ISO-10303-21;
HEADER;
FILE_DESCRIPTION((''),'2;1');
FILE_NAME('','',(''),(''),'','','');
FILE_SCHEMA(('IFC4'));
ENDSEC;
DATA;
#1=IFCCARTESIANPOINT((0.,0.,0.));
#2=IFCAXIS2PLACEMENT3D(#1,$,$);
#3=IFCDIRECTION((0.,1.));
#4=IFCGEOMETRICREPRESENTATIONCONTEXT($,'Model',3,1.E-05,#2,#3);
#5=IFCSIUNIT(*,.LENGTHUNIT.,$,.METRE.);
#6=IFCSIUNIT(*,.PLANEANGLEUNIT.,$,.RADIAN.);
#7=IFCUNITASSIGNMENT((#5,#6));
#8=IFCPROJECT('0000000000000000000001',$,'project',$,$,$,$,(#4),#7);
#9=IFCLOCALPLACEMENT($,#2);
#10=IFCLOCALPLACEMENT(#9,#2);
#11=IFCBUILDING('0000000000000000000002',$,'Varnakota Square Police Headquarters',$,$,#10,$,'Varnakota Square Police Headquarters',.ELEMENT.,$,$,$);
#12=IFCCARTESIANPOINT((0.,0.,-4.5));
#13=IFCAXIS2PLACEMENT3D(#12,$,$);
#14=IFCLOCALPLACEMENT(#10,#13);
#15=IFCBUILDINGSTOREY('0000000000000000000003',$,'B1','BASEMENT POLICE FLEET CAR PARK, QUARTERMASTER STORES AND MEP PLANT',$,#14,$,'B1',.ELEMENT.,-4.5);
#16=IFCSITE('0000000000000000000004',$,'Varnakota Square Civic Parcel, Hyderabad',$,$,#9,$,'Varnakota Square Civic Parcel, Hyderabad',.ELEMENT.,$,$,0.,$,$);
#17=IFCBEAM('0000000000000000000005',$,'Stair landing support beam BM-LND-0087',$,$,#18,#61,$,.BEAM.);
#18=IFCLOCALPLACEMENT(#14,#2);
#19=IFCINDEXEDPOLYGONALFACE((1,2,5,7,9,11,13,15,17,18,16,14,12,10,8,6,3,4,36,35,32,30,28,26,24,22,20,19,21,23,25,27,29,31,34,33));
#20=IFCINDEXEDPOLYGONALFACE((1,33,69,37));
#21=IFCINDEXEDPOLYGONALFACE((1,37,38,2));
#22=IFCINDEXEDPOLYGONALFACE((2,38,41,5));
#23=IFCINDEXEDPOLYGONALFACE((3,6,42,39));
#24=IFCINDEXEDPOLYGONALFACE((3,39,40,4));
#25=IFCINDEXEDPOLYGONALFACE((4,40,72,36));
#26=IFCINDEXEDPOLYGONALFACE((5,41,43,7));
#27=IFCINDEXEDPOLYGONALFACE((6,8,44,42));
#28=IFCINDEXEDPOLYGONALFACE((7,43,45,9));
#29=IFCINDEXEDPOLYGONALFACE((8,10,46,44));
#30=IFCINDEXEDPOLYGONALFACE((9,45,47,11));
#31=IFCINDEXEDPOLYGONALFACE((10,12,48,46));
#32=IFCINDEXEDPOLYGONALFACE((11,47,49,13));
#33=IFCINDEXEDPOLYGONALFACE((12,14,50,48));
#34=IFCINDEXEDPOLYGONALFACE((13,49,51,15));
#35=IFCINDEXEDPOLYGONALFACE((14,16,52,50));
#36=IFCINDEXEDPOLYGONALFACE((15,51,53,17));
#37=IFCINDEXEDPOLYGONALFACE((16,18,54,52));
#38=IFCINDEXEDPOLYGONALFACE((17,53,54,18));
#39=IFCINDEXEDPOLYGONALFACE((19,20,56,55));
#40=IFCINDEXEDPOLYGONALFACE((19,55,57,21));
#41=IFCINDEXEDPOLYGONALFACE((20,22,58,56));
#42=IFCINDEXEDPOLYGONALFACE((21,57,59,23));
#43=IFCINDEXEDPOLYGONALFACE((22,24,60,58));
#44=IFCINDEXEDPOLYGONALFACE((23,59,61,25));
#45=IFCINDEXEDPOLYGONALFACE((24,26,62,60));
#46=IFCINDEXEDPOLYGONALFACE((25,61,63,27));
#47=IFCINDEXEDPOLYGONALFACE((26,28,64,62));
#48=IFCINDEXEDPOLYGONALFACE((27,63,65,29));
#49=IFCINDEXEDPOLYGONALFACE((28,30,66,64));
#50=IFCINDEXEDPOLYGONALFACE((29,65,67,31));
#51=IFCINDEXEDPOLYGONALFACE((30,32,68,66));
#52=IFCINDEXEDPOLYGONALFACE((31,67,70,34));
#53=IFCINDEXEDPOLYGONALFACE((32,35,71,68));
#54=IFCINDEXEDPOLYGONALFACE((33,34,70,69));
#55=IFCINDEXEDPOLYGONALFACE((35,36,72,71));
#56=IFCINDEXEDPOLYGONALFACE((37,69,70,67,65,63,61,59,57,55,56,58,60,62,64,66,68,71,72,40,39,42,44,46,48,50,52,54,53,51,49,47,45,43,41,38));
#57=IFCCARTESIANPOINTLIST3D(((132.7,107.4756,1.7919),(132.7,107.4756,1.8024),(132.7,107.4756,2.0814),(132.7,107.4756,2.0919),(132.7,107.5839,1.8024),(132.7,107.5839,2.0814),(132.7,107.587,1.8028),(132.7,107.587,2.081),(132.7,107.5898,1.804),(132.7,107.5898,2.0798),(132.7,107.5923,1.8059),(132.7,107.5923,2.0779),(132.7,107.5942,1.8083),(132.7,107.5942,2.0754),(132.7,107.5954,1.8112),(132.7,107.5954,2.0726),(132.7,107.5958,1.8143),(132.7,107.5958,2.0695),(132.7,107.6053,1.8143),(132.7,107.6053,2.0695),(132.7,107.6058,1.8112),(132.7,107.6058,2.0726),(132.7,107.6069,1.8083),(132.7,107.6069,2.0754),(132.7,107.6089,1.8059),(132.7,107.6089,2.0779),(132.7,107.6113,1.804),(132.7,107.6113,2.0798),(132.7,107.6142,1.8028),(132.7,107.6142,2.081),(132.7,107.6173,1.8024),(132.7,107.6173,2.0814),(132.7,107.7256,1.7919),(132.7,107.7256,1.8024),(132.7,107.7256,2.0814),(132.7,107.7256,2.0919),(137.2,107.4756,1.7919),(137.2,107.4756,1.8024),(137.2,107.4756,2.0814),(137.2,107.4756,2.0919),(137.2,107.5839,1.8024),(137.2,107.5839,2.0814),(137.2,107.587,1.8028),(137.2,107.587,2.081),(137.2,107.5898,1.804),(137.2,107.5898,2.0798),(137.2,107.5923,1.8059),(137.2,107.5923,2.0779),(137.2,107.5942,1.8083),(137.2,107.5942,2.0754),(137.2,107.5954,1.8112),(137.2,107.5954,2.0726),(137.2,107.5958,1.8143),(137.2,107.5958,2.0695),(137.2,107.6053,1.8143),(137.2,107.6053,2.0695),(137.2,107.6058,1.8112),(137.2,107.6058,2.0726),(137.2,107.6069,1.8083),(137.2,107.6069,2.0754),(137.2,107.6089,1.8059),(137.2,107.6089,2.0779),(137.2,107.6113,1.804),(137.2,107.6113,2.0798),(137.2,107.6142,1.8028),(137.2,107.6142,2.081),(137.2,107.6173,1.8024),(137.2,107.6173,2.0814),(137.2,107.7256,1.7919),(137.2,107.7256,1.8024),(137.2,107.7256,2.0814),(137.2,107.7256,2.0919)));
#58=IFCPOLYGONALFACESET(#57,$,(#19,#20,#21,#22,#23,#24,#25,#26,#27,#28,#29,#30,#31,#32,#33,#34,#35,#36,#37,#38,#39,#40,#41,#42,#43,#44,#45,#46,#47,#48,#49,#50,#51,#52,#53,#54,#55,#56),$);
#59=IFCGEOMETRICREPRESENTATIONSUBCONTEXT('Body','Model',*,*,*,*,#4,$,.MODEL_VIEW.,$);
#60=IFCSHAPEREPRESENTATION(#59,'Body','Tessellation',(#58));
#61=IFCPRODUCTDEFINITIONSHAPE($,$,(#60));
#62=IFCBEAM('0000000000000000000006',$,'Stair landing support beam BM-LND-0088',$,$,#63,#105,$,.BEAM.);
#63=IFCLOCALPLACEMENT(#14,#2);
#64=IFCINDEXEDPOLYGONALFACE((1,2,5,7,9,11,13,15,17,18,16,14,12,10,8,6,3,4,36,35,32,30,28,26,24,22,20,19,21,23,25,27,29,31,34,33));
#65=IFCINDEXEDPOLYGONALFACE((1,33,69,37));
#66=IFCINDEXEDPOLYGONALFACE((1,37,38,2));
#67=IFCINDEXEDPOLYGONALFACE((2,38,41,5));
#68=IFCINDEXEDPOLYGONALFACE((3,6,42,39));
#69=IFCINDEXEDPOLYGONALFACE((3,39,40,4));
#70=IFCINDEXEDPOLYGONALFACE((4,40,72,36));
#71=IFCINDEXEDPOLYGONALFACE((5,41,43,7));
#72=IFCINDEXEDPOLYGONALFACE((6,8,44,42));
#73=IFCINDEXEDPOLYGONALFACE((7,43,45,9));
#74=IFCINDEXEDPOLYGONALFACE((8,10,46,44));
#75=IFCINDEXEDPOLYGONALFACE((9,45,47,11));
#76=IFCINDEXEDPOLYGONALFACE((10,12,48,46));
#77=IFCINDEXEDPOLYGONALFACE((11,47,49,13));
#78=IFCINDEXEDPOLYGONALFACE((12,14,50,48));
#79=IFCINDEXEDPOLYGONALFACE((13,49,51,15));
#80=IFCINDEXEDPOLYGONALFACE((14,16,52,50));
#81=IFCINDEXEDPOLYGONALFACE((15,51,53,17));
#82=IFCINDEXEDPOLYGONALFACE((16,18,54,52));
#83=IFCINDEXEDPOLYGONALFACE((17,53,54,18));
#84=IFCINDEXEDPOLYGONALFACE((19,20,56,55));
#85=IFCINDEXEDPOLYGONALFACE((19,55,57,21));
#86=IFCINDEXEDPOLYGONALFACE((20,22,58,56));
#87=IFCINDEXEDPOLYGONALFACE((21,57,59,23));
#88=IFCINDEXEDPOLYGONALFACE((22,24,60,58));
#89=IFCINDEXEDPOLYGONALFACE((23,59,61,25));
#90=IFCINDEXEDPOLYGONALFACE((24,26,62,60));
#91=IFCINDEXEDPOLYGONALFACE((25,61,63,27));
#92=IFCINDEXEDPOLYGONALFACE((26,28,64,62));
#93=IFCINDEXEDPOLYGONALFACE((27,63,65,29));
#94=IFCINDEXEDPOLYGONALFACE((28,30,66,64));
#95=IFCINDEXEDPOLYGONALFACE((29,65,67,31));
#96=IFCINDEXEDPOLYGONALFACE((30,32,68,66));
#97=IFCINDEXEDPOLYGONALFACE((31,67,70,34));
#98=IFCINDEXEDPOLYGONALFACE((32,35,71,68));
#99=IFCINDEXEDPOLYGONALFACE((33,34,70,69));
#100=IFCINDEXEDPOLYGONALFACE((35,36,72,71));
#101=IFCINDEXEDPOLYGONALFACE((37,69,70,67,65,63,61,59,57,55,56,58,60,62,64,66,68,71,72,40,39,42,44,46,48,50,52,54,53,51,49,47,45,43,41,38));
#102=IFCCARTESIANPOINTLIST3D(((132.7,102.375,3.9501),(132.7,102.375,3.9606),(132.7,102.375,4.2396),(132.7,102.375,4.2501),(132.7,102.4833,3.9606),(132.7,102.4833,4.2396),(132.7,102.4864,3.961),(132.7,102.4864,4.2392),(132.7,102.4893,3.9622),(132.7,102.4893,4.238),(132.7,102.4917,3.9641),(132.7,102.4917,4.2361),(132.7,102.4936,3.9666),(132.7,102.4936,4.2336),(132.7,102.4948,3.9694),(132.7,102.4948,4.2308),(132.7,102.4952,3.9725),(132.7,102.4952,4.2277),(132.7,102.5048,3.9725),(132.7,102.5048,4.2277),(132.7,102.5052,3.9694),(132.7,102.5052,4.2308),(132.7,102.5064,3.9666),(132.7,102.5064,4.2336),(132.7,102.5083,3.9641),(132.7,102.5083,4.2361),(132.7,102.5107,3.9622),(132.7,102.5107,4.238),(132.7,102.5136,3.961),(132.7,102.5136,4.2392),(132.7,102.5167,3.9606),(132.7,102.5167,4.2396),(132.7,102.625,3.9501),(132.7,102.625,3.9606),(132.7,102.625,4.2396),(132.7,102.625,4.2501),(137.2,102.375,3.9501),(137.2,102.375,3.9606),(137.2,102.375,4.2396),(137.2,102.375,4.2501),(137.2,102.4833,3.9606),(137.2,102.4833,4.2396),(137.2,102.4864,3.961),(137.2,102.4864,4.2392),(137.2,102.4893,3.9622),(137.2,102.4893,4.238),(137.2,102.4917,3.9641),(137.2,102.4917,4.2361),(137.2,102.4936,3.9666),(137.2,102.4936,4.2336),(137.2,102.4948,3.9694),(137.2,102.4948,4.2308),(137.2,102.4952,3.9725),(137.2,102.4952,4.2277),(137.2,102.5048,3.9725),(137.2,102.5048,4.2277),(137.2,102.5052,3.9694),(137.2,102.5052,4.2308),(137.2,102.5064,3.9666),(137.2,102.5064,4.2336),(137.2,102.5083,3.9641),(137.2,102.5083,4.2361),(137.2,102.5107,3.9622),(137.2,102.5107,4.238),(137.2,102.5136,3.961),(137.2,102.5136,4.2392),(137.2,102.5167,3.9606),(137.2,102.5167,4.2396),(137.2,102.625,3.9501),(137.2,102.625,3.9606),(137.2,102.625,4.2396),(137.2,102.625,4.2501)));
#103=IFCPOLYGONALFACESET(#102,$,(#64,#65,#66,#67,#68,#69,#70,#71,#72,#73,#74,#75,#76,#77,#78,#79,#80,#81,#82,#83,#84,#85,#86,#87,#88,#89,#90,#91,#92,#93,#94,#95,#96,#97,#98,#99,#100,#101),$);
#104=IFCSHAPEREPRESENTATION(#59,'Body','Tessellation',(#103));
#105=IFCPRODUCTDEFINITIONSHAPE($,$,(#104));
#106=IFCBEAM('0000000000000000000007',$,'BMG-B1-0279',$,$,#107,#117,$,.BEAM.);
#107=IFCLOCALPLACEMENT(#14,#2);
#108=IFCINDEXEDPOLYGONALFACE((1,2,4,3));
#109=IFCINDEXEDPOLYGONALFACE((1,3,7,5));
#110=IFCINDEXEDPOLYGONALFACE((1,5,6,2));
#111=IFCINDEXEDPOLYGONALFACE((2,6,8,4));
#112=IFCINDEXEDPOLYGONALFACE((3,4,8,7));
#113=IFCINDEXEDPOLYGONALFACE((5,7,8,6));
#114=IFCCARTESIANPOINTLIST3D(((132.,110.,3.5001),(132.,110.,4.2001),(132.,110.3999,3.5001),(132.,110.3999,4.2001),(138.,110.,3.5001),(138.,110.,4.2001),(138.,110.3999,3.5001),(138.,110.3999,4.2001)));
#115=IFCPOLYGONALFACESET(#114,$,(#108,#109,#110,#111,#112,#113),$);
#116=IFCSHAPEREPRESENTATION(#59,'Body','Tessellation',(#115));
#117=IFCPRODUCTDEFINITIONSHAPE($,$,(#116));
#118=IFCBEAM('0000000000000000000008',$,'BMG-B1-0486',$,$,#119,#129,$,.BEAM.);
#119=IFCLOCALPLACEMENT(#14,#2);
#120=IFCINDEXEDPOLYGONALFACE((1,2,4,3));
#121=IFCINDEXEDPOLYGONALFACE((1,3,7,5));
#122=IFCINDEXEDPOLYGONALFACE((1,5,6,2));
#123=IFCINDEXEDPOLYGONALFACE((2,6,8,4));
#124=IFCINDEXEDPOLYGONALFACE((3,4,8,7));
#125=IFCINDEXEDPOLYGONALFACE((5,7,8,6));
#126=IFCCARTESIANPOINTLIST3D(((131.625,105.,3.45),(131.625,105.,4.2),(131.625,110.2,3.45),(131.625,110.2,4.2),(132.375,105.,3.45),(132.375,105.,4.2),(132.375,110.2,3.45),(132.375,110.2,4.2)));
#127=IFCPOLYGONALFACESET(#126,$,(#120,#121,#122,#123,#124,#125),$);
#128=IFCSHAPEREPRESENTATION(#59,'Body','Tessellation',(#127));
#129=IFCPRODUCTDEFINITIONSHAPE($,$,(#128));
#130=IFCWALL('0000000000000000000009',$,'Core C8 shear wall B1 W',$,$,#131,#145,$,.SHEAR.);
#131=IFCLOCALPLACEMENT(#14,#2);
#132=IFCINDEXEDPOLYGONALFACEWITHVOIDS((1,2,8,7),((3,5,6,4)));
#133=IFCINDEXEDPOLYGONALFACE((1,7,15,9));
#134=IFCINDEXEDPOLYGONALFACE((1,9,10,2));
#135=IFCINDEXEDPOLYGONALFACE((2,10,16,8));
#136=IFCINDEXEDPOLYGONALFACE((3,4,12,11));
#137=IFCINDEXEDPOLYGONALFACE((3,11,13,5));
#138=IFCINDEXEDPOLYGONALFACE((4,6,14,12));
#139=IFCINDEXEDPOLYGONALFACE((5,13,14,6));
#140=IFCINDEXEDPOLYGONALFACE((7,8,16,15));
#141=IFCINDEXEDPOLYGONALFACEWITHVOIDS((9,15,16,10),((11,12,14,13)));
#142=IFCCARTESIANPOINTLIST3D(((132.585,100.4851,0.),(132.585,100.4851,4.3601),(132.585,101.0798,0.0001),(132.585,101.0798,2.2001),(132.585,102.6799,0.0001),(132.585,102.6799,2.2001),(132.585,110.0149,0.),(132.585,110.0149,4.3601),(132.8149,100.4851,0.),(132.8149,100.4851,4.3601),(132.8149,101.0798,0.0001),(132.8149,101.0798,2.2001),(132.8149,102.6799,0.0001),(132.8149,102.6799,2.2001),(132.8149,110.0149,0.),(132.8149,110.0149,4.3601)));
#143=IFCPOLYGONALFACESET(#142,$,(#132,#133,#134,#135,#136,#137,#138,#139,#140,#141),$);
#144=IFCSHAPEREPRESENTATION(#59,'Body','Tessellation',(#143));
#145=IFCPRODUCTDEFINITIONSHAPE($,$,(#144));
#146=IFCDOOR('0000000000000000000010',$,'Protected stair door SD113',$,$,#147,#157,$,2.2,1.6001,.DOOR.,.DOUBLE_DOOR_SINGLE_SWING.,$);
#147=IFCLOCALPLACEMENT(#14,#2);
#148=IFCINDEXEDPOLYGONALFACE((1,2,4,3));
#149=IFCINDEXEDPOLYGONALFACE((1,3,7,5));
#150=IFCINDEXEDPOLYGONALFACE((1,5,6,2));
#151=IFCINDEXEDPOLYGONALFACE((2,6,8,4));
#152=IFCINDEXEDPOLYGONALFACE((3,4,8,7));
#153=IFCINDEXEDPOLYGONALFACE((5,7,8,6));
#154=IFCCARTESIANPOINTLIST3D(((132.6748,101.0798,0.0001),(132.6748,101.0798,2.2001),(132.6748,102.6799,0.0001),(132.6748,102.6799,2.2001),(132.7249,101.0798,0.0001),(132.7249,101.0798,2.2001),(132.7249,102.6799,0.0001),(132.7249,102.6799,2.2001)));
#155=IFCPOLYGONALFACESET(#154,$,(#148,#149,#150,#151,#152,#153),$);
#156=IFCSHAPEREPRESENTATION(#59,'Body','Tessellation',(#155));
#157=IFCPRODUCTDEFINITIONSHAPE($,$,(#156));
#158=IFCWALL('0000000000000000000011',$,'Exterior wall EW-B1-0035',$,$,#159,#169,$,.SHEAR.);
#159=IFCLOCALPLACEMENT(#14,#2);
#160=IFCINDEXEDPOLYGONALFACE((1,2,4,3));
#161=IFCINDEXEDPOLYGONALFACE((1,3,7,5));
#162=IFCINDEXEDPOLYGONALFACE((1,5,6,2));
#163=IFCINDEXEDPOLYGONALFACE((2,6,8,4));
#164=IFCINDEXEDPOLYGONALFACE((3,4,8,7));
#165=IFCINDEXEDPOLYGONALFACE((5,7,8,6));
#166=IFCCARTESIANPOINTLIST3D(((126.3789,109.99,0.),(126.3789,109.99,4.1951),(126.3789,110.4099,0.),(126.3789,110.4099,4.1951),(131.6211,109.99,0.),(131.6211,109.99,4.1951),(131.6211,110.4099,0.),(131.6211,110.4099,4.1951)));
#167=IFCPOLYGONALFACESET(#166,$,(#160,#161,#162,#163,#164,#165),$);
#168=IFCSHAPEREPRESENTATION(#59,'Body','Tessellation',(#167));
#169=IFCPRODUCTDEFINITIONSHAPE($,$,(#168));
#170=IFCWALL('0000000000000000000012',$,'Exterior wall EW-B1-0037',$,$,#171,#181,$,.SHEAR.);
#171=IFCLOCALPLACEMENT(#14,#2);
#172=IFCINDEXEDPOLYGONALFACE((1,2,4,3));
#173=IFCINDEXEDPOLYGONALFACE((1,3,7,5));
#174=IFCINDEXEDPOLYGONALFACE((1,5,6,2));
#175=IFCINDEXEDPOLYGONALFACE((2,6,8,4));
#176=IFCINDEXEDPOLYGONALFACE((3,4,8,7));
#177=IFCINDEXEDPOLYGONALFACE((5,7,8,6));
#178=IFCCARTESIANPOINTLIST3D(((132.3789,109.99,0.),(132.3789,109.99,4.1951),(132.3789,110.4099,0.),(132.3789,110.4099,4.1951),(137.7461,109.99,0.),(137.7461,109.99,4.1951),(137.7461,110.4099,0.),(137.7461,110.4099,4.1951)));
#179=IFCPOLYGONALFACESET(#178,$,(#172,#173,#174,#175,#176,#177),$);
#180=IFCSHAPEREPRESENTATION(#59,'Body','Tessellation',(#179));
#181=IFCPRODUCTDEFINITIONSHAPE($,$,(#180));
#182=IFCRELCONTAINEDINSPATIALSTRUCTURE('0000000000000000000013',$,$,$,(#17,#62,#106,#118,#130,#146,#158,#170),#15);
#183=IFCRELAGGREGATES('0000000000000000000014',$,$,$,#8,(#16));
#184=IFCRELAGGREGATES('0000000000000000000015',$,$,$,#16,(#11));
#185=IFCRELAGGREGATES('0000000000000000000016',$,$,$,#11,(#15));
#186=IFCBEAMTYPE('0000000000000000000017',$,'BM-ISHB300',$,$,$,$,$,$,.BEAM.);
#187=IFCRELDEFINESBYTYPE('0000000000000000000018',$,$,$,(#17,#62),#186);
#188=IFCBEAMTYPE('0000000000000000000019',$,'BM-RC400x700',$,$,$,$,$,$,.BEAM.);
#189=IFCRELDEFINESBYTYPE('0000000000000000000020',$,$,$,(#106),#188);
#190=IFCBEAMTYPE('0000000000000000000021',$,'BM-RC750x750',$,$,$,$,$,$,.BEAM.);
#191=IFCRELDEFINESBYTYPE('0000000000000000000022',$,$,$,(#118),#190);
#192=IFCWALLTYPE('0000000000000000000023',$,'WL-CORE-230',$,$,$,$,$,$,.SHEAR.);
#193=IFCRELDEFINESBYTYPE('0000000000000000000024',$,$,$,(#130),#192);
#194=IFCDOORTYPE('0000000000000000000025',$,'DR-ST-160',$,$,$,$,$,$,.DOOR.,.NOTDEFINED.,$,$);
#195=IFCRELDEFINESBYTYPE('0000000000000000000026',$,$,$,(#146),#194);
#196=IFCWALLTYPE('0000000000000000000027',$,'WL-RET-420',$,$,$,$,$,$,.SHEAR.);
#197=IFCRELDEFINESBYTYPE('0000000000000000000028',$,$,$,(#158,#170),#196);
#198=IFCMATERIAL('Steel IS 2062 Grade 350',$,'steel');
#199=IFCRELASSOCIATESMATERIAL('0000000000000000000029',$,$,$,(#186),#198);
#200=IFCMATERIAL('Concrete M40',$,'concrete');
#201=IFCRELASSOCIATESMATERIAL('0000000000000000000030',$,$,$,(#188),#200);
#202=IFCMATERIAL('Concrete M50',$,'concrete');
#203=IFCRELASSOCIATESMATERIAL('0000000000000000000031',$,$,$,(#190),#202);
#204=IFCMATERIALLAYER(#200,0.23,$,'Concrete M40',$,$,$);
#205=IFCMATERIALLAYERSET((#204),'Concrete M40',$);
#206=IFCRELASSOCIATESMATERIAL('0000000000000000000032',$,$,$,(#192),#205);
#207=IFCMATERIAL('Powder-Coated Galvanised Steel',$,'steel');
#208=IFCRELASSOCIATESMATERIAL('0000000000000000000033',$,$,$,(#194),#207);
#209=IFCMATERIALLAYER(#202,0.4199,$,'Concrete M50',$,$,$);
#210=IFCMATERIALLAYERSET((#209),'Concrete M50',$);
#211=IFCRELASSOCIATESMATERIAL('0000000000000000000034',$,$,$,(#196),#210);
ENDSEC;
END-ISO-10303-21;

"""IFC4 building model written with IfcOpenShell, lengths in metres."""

from ifc_helpers import new_model, si_unit, direction, frame, frame_2d, origin, origin_2d, place, context, subcontext, project, spatial, rectangle, i_section, extrude, material, layer, layer_set, material_profile, profile_set, type_object, element, fill, save


model = new_model("IFC4")

# Units and contexts
model_context = context("Model", 3, precision=1e-05, world=origin(), true_north=direction((0.0, 1.0)))
body_context = subcontext(model_context, "Body", "Model", "MODEL_VIEW")
ifc_project = project(units=[si_unit("LENGTHUNIT", "METRE"), si_unit("PLANEANGLEUNIT", "RADIAN")], contexts=[model_context])

# Site, building, storey
site_placement = place(None, origin())
site = spatial("IfcSite", under=ifc_project, at=site_placement, Name="Varnakota Square Civic Parcel, Hyderabad", LongName="Varnakota Square Civic Parcel, Hyderabad", CompositionType="ELEMENT", RefElevation=0.0)
building_placement = place(site_placement, origin())
building = spatial("IfcBuilding", under=site, at=building_placement, Name="Varnakota Square Police Headquarters", LongName="Varnakota Square Police Headquarters", CompositionType="ELEMENT")
storey_placement = place(building_placement, frame((0.0, 0.0, -4.5)))
storey = spatial("IfcBuildingStorey", under=building, at=storey_placement, Name="B1", Description="BASEMENT POLICE FLEET CAR PARK, QUARTERMASTER STORES AND MEP PLANT", LongName="B1", CompositionType="ELEMENT", Elevation=-4.5)

# Shared definitions
ifc_material_1 = material(Name="Concrete M40", Category="concrete")

# Shared definitions
ifc_material_2 = material(Name="Concrete M50", Category="concrete")

# Beams
ifc_material_3 = material(Name="Steel IS 2062 Grade 350", Category="steel")
ifc_material_profile_1 = material_profile(ifc_material_3, i_section(OverallWidth=0.25, OverallDepth=0.3, WebThickness=0.0095, FlangeThickness=0.0105, FilletRadius=0.012, at=origin_2d()), Name="ISHB 300")
ifc_profile_set_1 = profile_set([ifc_material_profile_1], Name="Steel IS 2062 Grade 350")
beam_type_1 = type_object("IfcBeamType", Name="BM-ISHB300", PredefinedType="BEAM", material=ifc_profile_set_1)
for number, where, z_axis, x_axis, name in (
    (1, (132.7, 107.6006, 1.9419), (1.0, 0.0, 0.0), (0.0, 1.0, 0.0), "Stair landing support beam BM-LND-0087"),
    (2, (132.7, 102.5, 4.1001), (1.0, 0.0, 0.0), (0.0, 1.0, 0.0), "Stair landing support beam BM-LND-0088"),
):
    element("IfcBeam", number, at=place(storey_placement, frame(where, z_axis=z_axis, x_axis=x_axis)), inside=storey, type_object=beam_type_1, Name=name, PredefinedType="BEAM", context=body_context, shape_type="SweptSolid", body=[
        extrude(i_section(OverallWidth=0.25, OverallDepth=0.3, WebThickness=0.0095, FlangeThickness=0.0105, FilletRadius=0.012, at=origin_2d()), origin(), (0.0, 0.0, 1.0), 4.5),
    ])
ifc_material_profile_2 = material_profile(ifc_material_1, rectangle(XDim=0.3999, YDim=0.7, at=origin_2d()), Name="RC 400x700")
ifc_profile_set_2 = profile_set([ifc_material_profile_2], Name="Concrete M40")
beam_type_2 = type_object("IfcBeamType", Name="BM-RC400x700", PredefinedType="BEAM", material=ifc_profile_set_2)
beam_1_placement = place(storey_placement, frame((132.0, 110.2, 3.8501), z_axis=(1.0, 0.0, 0.0), x_axis=(0.0, 1.0, 0.0)))
element("IfcBeam", 3, at=beam_1_placement, inside=storey, type_object=beam_type_2, Name="BMG-B1-0279", PredefinedType="BEAM", context=body_context, shape_type="SweptSolid", body=[
    extrude(rectangle(XDim=0.3999, YDim=0.7, at=origin_2d()), origin(), (0.0, 0.0, 1.0), 6.0),
])
ifc_material_profile_3 = material_profile(ifc_material_2, rectangle(XDim=0.75, YDim=0.75, at=origin_2d()), Name="RC 750x750")
ifc_profile_set_3 = profile_set([ifc_material_profile_3], Name="Concrete M50")
beam_type_3 = type_object("IfcBeamType", Name="BM-RC750x750", PredefinedType="BEAM", material=ifc_profile_set_3)
beam_2_placement = place(storey_placement, frame((132.0, 105.0, 3.825), z_axis=(0.0, 1.0, 0.0), x_axis=(-1.0, 0.0, 0.0)))
element("IfcBeam", 4, at=beam_2_placement, inside=storey, type_object=beam_type_3, Name="BMG-B1-0486", PredefinedType="BEAM", context=body_context, shape_type="SweptSolid", body=[
    extrude(rectangle(XDim=0.75, YDim=0.75, at=origin_2d()), origin(), (0.0, 0.0, 1.0), 5.2),
])

# Wall, opening, door
ifc_layer_1 = layer(ifc_material_1, 0.23, Name="Concrete M40")
ifc_layer_set_1 = layer_set([ifc_layer_1], Name="Concrete M40")
wall_type_1 = type_object("IfcWallType", Name="WL-CORE-230", PredefinedType="SHEAR", material=ifc_layer_set_1)
wall_1_placement = place(storey_placement, frame((132.7, 110.0149, 0.0), z_axis=(0.0, 0.0, 1.0), x_axis=(0.0, -1.0, 0.0)))
wall_1 = element("IfcWall", 5, at=wall_1_placement, inside=storey, type_object=wall_type_1, Name="Core C8 shear wall B1 W", PredefinedType="SHEAR", context=body_context, shape_type="SweptSolid", body=[
    extrude(rectangle(XDim=9.5298, YDim=0.23, at=frame_2d((4.7649, 0.0))), origin(), (0.0, 0.0, 1.0), 4.3601),
])
opening_placement = place(wall_1_placement, frame((7.335, 0.0, 0.0)))
opening = element("IfcOpeningElement", 6, at=opening_placement, cuts=wall_1, PredefinedType="OPENING", context=body_context, shape_type="SweptSolid", body=[
    extrude(rectangle(XDim=1.6001, YDim=2.2, at=frame_2d((0.8, 1.1001))), frame((0.0, 0.125, 0.0), z_axis=(0.0, -1.0, 0.0), x_axis=(1.0, 0.0, 0.0)), (0.0, 0.0, 1.0), 0.25),
])
ifc_material_4 = material(Name="Powder-Coated Galvanised Steel", Category="steel")
door_type = type_object("IfcDoorType", Name="DR-ST-160", OperationType="NOTDEFINED", PredefinedType="DOOR", material=ifc_material_4)
door_placement = place(opening_placement, origin())
door = element("IfcDoor", 7, at=door_placement, inside=storey, type_object=door_type, Name="Protected stair door SD113", OperationType="DOUBLE_DOOR_SINGLE_SWING", OverallHeight=2.2, OverallWidth=1.6001, PredefinedType="DOOR", context=body_context, shape_type="SweptSolid", body=[
    extrude(rectangle(XDim=1.6001, YDim=2.2, at=frame_2d((0.8, 1.1001))), frame((0.0, 0.0249, 0.0), z_axis=(0.0, -1.0, 0.0), x_axis=(1.0, 0.0, 0.0)), (0.0, 0.0, 1.0), 0.05),
])
fill(opening, door)

# Walls
ifc_layer_2 = layer(ifc_material_2, 0.4199, Name="Concrete M50")
ifc_layer_set_2 = layer_set([ifc_layer_2], Name="Concrete M50")
wall_type_2 = type_object("IfcWallType", Name="WL-RET-420", PredefinedType="SHEAR", material=ifc_layer_set_2)
wall_2_placement = place(storey_placement, frame((126.3789, 110.2, 0.0), z_axis=(0.0, 0.0, 1.0), x_axis=(1.0, 0.0, 0.0)))
element("IfcWall", 8, at=wall_2_placement, inside=storey, type_object=wall_type_2, Name="Exterior wall EW-B1-0035", PredefinedType="SHEAR", context=body_context, shape_type="SweptSolid", body=[
    extrude(rectangle(XDim=5.2422, YDim=0.4199, at=frame_2d((2.6211, 0.0))), origin(), (0.0, 0.0, 1.0), 4.1951),
])
wall_3_placement = place(storey_placement, frame((132.3789, 110.2, 0.0), z_axis=(0.0, 0.0, 1.0), x_axis=(1.0, 0.0, 0.0)))
element("IfcWall", 9, at=wall_3_placement, inside=storey, type_object=wall_type_2, Name="Exterior wall EW-B1-0037", PredefinedType="SHEAR", context=body_context, shape_type="SweptSolid", body=[
    extrude(rectangle(XDim=5.3672, YDim=0.4199, at=frame_2d((2.6836, 0.0))), origin(), (0.0, 0.0, 1.0), 4.1951),
])

save(model, "model.ifc")
